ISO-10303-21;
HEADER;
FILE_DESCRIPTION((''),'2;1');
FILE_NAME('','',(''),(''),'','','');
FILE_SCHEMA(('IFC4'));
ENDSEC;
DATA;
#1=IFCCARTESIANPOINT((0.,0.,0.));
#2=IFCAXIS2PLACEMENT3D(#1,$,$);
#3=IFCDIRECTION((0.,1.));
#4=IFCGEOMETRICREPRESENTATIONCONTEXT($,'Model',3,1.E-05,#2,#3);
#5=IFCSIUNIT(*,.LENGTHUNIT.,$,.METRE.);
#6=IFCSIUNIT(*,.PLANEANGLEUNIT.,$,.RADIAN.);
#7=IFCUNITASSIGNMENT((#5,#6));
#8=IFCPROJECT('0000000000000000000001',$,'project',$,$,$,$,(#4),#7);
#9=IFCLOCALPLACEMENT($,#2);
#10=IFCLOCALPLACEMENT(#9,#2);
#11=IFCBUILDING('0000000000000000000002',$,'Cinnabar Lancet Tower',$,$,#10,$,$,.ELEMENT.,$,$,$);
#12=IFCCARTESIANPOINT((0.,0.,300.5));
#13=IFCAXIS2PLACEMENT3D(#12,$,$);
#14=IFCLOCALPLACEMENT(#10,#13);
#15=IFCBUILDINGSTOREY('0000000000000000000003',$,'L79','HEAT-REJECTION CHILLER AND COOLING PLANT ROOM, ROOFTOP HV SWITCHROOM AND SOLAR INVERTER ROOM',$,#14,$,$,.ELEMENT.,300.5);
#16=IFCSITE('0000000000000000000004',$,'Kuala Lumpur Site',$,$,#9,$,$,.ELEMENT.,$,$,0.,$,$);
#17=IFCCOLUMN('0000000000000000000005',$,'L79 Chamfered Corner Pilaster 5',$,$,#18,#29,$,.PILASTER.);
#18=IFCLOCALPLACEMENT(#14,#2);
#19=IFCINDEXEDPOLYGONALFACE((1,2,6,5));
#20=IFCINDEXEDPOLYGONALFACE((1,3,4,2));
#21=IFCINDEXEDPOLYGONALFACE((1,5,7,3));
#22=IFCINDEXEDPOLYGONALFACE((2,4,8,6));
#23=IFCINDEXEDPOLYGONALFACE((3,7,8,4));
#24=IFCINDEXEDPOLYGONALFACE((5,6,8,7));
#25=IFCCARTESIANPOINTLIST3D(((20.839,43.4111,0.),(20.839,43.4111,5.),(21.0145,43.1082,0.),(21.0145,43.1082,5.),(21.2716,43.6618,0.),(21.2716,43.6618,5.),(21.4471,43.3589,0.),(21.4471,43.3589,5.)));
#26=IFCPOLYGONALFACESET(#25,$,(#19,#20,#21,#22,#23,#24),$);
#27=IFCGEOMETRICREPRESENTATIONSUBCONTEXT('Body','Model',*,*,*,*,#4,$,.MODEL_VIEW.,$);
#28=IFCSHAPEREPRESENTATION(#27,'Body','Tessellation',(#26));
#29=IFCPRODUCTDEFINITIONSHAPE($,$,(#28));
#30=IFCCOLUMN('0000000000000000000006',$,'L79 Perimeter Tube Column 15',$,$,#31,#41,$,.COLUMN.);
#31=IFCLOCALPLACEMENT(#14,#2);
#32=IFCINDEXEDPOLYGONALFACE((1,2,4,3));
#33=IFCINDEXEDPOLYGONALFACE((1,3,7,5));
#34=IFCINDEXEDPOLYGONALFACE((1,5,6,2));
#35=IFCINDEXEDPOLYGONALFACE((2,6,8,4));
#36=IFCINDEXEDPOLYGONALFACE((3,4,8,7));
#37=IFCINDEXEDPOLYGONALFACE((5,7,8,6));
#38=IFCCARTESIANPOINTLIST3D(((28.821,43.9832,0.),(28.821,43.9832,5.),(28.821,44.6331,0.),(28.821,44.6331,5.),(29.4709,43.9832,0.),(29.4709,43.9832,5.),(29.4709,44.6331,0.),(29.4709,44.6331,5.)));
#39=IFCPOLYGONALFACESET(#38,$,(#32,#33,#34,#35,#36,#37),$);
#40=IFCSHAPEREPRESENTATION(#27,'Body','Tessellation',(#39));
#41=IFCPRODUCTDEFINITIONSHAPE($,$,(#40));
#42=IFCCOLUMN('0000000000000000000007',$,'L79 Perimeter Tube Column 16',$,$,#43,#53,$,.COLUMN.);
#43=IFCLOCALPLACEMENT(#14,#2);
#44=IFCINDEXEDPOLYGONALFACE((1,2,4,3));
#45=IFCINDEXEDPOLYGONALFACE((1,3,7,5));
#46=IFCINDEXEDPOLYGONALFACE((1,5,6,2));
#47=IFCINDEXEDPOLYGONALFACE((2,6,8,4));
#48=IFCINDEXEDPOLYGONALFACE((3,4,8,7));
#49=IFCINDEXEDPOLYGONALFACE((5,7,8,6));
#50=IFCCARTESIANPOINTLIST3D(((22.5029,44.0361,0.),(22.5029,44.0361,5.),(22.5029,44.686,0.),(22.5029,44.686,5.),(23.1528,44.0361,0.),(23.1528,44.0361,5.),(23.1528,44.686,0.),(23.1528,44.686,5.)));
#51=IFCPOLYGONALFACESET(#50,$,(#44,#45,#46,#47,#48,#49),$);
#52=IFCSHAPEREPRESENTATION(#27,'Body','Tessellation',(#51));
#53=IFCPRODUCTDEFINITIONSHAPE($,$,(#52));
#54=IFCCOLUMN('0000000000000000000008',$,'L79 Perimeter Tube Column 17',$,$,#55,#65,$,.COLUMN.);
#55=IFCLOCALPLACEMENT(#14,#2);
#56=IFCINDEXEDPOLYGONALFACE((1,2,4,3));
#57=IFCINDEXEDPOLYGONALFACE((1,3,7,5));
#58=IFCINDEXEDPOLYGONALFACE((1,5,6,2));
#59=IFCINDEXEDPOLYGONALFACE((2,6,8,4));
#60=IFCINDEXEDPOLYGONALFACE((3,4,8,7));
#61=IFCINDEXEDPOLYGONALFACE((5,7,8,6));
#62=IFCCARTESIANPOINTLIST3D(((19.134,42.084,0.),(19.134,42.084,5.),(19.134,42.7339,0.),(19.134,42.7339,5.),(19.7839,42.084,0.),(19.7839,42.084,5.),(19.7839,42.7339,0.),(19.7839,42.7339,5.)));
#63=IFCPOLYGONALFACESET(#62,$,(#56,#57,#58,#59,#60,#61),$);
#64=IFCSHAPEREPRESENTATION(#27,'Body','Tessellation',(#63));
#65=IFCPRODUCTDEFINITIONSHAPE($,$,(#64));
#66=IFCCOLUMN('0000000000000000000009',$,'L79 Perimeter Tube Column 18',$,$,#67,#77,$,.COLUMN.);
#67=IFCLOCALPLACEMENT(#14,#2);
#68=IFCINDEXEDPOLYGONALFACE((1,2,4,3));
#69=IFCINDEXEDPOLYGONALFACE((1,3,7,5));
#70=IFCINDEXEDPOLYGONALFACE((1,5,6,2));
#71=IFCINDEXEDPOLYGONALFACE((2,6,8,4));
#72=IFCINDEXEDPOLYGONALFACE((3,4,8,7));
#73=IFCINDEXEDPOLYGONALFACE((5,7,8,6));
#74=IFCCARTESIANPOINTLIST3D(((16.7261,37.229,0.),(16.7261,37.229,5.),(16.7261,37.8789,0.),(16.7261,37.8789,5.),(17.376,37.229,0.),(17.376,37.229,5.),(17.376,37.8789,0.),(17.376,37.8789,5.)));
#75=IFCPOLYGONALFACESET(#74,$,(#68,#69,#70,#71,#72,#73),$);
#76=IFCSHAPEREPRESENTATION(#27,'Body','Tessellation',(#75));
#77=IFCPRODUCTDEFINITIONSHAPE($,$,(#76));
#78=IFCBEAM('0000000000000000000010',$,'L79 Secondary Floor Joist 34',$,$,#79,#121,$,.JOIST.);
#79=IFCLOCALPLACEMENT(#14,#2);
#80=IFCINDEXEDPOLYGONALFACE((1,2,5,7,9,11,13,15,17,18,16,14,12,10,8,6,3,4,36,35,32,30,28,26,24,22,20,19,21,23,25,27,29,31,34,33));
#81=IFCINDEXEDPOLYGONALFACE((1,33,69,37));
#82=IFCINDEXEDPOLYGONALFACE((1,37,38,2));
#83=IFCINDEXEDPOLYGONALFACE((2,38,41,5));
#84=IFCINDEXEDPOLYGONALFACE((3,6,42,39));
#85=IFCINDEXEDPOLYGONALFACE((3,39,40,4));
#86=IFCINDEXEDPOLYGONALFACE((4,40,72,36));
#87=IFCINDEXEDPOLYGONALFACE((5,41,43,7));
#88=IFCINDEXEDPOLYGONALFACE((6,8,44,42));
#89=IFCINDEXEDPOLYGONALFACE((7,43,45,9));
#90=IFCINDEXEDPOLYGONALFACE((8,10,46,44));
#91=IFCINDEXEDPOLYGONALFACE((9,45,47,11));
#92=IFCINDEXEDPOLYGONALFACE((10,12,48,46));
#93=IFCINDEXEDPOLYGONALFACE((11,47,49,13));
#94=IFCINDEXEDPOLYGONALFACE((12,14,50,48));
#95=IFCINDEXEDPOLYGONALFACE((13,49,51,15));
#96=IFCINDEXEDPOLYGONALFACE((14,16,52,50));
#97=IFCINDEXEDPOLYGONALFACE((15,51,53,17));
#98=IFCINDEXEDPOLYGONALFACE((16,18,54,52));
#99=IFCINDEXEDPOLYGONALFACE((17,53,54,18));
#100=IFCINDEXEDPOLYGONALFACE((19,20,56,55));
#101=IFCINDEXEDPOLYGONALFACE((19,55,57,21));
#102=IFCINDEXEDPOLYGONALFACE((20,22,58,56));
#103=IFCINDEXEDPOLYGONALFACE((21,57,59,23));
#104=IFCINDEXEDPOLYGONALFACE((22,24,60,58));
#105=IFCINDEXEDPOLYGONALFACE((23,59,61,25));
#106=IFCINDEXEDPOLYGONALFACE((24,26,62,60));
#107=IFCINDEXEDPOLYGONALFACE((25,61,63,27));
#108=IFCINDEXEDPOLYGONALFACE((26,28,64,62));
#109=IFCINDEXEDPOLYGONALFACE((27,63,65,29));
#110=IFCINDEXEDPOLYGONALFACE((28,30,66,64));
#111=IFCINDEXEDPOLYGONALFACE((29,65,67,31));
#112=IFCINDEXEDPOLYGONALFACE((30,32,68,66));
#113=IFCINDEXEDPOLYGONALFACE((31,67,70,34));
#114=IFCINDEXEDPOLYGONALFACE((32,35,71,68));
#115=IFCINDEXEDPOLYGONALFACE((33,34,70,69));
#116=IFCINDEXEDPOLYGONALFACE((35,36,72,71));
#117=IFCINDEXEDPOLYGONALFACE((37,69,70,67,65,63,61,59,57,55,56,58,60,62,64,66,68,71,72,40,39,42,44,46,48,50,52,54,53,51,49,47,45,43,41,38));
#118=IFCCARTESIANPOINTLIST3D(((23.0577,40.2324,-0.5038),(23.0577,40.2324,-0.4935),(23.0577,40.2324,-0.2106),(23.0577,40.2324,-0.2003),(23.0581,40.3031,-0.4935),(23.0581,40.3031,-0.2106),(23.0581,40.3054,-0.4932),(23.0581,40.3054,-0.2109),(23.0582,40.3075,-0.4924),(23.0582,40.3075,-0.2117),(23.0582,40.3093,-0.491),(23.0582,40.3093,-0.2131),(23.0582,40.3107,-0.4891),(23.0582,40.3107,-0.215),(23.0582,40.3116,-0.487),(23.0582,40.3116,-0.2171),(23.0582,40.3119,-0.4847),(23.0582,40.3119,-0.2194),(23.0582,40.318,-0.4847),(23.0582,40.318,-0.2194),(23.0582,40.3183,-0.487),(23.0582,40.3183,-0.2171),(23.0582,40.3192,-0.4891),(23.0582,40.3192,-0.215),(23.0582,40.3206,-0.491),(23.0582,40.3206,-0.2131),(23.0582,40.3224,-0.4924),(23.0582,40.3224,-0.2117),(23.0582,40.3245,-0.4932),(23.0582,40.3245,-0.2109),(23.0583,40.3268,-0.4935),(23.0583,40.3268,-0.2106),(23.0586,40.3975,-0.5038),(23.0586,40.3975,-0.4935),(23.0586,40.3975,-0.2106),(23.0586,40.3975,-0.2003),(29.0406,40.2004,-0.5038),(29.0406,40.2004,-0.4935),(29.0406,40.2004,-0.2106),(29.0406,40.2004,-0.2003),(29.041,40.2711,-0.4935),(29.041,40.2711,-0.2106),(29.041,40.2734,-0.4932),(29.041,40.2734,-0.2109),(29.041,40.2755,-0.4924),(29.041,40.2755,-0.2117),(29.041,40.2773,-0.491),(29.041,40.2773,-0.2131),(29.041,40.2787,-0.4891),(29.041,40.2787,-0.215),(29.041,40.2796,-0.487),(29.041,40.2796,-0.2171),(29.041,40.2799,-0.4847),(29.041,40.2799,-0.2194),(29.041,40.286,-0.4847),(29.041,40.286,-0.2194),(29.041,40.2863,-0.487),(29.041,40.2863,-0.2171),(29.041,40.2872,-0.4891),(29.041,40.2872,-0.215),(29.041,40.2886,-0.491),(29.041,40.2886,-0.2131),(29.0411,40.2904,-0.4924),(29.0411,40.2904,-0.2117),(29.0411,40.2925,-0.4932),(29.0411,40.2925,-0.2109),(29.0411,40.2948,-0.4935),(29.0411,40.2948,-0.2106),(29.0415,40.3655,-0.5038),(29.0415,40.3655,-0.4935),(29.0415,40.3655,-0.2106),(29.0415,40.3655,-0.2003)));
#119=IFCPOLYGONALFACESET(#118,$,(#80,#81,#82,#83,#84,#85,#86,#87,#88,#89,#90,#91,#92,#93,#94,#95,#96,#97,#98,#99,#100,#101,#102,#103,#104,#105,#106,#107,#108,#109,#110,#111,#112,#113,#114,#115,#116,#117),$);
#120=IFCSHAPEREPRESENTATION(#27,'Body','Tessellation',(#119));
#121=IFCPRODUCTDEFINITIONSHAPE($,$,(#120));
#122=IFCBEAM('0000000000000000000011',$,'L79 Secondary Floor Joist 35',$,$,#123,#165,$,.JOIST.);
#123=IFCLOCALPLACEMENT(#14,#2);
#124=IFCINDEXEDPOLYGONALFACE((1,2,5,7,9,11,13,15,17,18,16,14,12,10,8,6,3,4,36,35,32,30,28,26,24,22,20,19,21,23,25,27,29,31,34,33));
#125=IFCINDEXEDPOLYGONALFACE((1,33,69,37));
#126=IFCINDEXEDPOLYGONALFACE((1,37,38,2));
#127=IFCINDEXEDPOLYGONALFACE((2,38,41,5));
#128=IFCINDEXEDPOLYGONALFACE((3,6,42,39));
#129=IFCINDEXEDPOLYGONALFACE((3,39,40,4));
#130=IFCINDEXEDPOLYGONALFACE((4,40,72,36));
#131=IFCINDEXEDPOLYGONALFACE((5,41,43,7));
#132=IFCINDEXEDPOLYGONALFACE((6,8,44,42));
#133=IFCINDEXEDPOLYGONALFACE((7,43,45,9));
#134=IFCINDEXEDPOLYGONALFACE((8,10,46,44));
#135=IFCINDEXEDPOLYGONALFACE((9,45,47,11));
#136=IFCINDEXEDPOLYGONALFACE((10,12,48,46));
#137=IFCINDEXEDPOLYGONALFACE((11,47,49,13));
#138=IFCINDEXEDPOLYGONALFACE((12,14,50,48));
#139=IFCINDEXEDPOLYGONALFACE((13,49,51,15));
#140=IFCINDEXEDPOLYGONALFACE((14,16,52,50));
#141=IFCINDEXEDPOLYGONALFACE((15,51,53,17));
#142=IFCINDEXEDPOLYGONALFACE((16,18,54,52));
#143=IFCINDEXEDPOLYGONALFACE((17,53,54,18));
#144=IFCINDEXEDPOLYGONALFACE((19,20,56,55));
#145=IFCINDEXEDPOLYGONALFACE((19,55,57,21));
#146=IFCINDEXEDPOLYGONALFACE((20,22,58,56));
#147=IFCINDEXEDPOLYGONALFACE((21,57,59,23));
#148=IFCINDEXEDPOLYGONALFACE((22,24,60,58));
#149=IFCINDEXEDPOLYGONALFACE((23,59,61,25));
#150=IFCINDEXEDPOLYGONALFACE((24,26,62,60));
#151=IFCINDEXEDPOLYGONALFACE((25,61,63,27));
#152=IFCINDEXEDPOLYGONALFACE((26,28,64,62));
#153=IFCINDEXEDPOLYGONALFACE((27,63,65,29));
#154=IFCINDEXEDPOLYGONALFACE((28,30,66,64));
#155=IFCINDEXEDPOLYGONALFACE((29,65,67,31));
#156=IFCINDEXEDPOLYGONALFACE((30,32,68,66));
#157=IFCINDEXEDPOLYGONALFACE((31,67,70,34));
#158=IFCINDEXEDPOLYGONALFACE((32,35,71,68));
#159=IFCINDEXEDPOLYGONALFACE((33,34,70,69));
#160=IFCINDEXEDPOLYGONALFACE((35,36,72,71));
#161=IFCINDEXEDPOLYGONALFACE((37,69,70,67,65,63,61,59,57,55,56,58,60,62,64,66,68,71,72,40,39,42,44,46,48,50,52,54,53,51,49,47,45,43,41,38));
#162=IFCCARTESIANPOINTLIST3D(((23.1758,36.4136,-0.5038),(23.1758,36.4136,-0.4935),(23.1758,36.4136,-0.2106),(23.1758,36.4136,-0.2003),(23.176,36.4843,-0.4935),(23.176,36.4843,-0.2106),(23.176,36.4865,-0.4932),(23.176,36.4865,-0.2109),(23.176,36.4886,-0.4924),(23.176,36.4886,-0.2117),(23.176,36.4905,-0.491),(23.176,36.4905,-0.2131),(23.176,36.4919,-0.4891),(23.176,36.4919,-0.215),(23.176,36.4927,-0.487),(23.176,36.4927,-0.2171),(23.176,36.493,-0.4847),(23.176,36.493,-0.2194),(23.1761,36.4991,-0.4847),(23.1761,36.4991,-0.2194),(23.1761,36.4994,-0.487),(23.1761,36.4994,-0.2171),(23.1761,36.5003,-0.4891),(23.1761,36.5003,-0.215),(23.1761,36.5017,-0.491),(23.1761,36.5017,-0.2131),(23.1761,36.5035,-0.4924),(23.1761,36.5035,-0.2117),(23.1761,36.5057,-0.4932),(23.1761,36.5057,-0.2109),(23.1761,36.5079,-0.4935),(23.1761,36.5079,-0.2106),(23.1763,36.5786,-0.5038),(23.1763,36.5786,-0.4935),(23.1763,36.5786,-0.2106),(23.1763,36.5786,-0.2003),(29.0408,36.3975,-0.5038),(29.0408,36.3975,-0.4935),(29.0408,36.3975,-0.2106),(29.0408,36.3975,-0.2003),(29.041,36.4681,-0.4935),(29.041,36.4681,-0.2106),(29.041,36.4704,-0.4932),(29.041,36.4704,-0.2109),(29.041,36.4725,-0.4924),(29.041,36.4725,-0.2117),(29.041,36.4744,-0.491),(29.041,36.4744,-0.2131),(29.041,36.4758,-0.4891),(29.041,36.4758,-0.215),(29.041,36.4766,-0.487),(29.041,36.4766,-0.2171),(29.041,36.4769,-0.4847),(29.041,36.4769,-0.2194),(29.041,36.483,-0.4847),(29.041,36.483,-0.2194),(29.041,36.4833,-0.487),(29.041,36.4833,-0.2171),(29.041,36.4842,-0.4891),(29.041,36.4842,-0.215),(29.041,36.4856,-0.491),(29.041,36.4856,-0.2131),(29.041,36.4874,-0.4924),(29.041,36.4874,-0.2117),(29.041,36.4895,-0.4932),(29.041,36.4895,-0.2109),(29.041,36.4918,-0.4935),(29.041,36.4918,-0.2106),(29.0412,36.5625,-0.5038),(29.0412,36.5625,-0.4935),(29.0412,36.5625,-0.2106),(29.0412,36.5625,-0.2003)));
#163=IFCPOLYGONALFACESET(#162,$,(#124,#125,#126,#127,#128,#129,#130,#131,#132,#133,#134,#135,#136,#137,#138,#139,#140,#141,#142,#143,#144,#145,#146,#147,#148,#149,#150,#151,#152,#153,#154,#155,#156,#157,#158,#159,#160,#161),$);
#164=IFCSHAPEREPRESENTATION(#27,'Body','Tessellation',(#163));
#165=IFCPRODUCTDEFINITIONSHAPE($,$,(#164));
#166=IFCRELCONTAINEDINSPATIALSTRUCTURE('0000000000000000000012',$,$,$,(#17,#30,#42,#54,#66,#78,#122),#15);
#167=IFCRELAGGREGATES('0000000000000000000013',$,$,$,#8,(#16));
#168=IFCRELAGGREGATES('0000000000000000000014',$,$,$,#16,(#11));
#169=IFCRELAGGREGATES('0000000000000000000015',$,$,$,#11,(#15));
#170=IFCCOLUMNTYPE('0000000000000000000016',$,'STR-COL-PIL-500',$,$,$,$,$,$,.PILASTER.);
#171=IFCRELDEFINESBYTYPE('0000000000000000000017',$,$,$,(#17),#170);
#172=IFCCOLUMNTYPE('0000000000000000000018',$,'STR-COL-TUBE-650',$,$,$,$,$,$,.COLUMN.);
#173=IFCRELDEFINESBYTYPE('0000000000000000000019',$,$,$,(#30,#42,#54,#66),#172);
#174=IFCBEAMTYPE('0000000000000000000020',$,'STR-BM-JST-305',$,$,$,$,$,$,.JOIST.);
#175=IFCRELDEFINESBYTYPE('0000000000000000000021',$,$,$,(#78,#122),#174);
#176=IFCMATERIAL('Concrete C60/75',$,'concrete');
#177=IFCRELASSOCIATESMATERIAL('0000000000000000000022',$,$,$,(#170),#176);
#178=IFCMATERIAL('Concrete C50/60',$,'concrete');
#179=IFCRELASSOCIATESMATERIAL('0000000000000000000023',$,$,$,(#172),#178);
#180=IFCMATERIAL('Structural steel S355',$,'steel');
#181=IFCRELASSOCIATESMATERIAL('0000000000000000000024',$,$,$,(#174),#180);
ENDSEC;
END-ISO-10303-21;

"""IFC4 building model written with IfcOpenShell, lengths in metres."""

from ifc_helpers import new_model, si_unit, direction, frame, origin, origin_2d, place, context, subcontext, project, spatial, rectangle, i_section, extrude, material, material_profile, profile_set, type_object, element, save


model = new_model("IFC4")

# Units and contexts
model_context = context("Model", 3, precision=1e-05, world=origin(), true_north=direction((0.0, 1.0)))
body_context = subcontext(model_context, "Body", "Model", "MODEL_VIEW")
ifc_project = project(units=[si_unit("LENGTHUNIT", "METRE"), si_unit("PLANEANGLEUNIT", "RADIAN")], contexts=[model_context])

# Site, building, storey
site_placement = place(None, origin())
site = spatial("IfcSite", under=ifc_project, at=site_placement, Name="Kuala Lumpur Site", CompositionType="ELEMENT", RefElevation=0.0)
building_placement = place(site_placement, origin())
building = spatial("IfcBuilding", under=site, at=building_placement, Name="Cinnabar Lancet Tower", CompositionType="ELEMENT")
storey_placement = place(building_placement, frame((0.0, 0.0, 300.5)))
storey = spatial("IfcBuildingStorey", under=building, at=storey_placement, Name="L79", Description="HEAT-REJECTION CHILLER AND COOLING PLANT ROOM, ROOFTOP HV SWITCHROOM AND SOLAR INVERTER ROOM", CompositionType="ELEMENT", Elevation=300.5)

# Columns
ifc_material_1 = material(Name="Concrete C60/75", Category="concrete")
ifc_material_profile_1 = material_profile(ifc_material_1, rectangle(XDim=0.5, YDim=0.3501, at=origin_2d()), Name="RC-PIL 500x350")
ifc_profile_set_1 = profile_set([ifc_material_profile_1], Name="Concrete C60/75")
column_type_1 = type_object("IfcColumnType", Name="STR-COL-PIL-500", PredefinedType="PILASTER", material=ifc_profile_set_1)
column_placement = place(storey_placement, frame((21.1431, 43.385, 0.0), z_axis=(0.0, 0.0, 1.0), x_axis=(-0.865256, -0.50133, 0.0)))
element("IfcColumn", 1, at=column_placement, inside=storey, type_object=column_type_1, Name="L79 Chamfered Corner Pilaster 5", PredefinedType="PILASTER", context=body_context, shape_type="SweptSolid", body=[
    extrude(rectangle(XDim=0.5, YDim=0.3501, at=origin_2d()), origin(), (0.0, 0.0, 1.0), 5.0),
])
ifc_material_2 = material(Name="Concrete C50/60", Category="concrete")
ifc_material_profile_2 = material_profile(ifc_material_2, rectangle(XDim=0.6499, YDim=0.6499, at=origin_2d()), Name="RC-COL 650x650")
ifc_profile_set_2 = profile_set([ifc_material_profile_2], Name="Concrete C50/60")
column_type_2 = type_object("IfcColumnType", Name="STR-COL-TUBE-650", PredefinedType="COLUMN", material=ifc_profile_set_2)
for number, where, z_axis, x_axis, name in (
    (2, (29.146, 44.3081, 0.0), (0.0, 0.0, 1.0), (1.0, 0.0, 0.0), "L79 Perimeter Tube Column 15"),
    (3, (22.8279, 44.3611, 0.0), (0.0, 0.0, 1.0), (1.0, 0.0, 0.0), "L79 Perimeter Tube Column 16"),
    (4, (19.459, 42.4089, 0.0), (0.0, 0.0, 1.0), (1.0, 0.0, 0.0), "L79 Perimeter Tube Column 17"),
    (5, (17.051, 37.554, 0.0), (0.0, 0.0, 1.0), (1.0, 0.0, 0.0), "L79 Perimeter Tube Column 18"),
):
    element("IfcColumn", number, at=place(storey_placement, frame(where, z_axis=z_axis, x_axis=x_axis)), inside=storey, type_object=column_type_2, Name=name, PredefinedType="COLUMN", context=body_context, shape_type="SweptSolid", body=[
        extrude(rectangle(XDim=0.6499, YDim=0.6499, at=origin_2d()), origin(), (0.0, 0.0, 1.0), 5.0),
    ])

# Beams
ifc_material_3 = material(Name="Structural steel S355", Category="steel")
ifc_material_profile_3 = material_profile(ifc_material_3, i_section(OverallWidth=0.165, OverallDepth=0.3035, WebThickness=0.0061, FlangeThickness=0.0103, FilletRadius=0.0088, at=origin_2d()), Name="UKB 305x165x40")
ifc_profile_set_3 = profile_set([ifc_material_profile_3], Name="Structural steel S355")
beam_type_1 = type_object("IfcBeamType", Name="STR-BM-JST-305", PredefinedType="JOIST", material=ifc_profile_set_3)
beam_1_placement = place(storey_placement, frame((29.041, 40.283, -0.3521), z_axis=(-0.999986, 0.005346, 0.0), x_axis=(-0.005346, -0.999986, 0.0)))
element("IfcBeam", 6, at=beam_1_placement, inside=storey, type_object=beam_type_1, Name="L79 Secondary Floor Joist 34", PredefinedType="JOIST", context=body_context, shape_type="SweptSolid", body=[
    extrude(i_section(OverallWidth=0.165, OverallDepth=0.3035, WebThickness=0.0061, FlangeThickness=0.0103, FilletRadius=0.0088, at=origin_2d()), origin(), (0.0, 0.0, 1.0), 5.9829),
])
beam_2_placement = place(storey_placement, frame((29.041, 36.48, -0.3521), z_axis=(-0.999996, 0.002747, 0.0), x_axis=(-0.002747, -0.999996, 0.0)))
element("IfcBeam", 7, at=beam_2_placement, inside=storey, type_object=beam_type_1, Name="L79 Secondary Floor Joist 35", PredefinedType="JOIST", context=body_context, shape_type="SweptSolid", body=[
    extrude(i_section(OverallWidth=0.165, OverallDepth=0.3035, WebThickness=0.0061, FlangeThickness=0.0103, FilletRadius=0.0088, at=origin_2d()), origin(), (0.0, 0.0, 1.0), 5.865),
])

save(model, "model.ifc")
